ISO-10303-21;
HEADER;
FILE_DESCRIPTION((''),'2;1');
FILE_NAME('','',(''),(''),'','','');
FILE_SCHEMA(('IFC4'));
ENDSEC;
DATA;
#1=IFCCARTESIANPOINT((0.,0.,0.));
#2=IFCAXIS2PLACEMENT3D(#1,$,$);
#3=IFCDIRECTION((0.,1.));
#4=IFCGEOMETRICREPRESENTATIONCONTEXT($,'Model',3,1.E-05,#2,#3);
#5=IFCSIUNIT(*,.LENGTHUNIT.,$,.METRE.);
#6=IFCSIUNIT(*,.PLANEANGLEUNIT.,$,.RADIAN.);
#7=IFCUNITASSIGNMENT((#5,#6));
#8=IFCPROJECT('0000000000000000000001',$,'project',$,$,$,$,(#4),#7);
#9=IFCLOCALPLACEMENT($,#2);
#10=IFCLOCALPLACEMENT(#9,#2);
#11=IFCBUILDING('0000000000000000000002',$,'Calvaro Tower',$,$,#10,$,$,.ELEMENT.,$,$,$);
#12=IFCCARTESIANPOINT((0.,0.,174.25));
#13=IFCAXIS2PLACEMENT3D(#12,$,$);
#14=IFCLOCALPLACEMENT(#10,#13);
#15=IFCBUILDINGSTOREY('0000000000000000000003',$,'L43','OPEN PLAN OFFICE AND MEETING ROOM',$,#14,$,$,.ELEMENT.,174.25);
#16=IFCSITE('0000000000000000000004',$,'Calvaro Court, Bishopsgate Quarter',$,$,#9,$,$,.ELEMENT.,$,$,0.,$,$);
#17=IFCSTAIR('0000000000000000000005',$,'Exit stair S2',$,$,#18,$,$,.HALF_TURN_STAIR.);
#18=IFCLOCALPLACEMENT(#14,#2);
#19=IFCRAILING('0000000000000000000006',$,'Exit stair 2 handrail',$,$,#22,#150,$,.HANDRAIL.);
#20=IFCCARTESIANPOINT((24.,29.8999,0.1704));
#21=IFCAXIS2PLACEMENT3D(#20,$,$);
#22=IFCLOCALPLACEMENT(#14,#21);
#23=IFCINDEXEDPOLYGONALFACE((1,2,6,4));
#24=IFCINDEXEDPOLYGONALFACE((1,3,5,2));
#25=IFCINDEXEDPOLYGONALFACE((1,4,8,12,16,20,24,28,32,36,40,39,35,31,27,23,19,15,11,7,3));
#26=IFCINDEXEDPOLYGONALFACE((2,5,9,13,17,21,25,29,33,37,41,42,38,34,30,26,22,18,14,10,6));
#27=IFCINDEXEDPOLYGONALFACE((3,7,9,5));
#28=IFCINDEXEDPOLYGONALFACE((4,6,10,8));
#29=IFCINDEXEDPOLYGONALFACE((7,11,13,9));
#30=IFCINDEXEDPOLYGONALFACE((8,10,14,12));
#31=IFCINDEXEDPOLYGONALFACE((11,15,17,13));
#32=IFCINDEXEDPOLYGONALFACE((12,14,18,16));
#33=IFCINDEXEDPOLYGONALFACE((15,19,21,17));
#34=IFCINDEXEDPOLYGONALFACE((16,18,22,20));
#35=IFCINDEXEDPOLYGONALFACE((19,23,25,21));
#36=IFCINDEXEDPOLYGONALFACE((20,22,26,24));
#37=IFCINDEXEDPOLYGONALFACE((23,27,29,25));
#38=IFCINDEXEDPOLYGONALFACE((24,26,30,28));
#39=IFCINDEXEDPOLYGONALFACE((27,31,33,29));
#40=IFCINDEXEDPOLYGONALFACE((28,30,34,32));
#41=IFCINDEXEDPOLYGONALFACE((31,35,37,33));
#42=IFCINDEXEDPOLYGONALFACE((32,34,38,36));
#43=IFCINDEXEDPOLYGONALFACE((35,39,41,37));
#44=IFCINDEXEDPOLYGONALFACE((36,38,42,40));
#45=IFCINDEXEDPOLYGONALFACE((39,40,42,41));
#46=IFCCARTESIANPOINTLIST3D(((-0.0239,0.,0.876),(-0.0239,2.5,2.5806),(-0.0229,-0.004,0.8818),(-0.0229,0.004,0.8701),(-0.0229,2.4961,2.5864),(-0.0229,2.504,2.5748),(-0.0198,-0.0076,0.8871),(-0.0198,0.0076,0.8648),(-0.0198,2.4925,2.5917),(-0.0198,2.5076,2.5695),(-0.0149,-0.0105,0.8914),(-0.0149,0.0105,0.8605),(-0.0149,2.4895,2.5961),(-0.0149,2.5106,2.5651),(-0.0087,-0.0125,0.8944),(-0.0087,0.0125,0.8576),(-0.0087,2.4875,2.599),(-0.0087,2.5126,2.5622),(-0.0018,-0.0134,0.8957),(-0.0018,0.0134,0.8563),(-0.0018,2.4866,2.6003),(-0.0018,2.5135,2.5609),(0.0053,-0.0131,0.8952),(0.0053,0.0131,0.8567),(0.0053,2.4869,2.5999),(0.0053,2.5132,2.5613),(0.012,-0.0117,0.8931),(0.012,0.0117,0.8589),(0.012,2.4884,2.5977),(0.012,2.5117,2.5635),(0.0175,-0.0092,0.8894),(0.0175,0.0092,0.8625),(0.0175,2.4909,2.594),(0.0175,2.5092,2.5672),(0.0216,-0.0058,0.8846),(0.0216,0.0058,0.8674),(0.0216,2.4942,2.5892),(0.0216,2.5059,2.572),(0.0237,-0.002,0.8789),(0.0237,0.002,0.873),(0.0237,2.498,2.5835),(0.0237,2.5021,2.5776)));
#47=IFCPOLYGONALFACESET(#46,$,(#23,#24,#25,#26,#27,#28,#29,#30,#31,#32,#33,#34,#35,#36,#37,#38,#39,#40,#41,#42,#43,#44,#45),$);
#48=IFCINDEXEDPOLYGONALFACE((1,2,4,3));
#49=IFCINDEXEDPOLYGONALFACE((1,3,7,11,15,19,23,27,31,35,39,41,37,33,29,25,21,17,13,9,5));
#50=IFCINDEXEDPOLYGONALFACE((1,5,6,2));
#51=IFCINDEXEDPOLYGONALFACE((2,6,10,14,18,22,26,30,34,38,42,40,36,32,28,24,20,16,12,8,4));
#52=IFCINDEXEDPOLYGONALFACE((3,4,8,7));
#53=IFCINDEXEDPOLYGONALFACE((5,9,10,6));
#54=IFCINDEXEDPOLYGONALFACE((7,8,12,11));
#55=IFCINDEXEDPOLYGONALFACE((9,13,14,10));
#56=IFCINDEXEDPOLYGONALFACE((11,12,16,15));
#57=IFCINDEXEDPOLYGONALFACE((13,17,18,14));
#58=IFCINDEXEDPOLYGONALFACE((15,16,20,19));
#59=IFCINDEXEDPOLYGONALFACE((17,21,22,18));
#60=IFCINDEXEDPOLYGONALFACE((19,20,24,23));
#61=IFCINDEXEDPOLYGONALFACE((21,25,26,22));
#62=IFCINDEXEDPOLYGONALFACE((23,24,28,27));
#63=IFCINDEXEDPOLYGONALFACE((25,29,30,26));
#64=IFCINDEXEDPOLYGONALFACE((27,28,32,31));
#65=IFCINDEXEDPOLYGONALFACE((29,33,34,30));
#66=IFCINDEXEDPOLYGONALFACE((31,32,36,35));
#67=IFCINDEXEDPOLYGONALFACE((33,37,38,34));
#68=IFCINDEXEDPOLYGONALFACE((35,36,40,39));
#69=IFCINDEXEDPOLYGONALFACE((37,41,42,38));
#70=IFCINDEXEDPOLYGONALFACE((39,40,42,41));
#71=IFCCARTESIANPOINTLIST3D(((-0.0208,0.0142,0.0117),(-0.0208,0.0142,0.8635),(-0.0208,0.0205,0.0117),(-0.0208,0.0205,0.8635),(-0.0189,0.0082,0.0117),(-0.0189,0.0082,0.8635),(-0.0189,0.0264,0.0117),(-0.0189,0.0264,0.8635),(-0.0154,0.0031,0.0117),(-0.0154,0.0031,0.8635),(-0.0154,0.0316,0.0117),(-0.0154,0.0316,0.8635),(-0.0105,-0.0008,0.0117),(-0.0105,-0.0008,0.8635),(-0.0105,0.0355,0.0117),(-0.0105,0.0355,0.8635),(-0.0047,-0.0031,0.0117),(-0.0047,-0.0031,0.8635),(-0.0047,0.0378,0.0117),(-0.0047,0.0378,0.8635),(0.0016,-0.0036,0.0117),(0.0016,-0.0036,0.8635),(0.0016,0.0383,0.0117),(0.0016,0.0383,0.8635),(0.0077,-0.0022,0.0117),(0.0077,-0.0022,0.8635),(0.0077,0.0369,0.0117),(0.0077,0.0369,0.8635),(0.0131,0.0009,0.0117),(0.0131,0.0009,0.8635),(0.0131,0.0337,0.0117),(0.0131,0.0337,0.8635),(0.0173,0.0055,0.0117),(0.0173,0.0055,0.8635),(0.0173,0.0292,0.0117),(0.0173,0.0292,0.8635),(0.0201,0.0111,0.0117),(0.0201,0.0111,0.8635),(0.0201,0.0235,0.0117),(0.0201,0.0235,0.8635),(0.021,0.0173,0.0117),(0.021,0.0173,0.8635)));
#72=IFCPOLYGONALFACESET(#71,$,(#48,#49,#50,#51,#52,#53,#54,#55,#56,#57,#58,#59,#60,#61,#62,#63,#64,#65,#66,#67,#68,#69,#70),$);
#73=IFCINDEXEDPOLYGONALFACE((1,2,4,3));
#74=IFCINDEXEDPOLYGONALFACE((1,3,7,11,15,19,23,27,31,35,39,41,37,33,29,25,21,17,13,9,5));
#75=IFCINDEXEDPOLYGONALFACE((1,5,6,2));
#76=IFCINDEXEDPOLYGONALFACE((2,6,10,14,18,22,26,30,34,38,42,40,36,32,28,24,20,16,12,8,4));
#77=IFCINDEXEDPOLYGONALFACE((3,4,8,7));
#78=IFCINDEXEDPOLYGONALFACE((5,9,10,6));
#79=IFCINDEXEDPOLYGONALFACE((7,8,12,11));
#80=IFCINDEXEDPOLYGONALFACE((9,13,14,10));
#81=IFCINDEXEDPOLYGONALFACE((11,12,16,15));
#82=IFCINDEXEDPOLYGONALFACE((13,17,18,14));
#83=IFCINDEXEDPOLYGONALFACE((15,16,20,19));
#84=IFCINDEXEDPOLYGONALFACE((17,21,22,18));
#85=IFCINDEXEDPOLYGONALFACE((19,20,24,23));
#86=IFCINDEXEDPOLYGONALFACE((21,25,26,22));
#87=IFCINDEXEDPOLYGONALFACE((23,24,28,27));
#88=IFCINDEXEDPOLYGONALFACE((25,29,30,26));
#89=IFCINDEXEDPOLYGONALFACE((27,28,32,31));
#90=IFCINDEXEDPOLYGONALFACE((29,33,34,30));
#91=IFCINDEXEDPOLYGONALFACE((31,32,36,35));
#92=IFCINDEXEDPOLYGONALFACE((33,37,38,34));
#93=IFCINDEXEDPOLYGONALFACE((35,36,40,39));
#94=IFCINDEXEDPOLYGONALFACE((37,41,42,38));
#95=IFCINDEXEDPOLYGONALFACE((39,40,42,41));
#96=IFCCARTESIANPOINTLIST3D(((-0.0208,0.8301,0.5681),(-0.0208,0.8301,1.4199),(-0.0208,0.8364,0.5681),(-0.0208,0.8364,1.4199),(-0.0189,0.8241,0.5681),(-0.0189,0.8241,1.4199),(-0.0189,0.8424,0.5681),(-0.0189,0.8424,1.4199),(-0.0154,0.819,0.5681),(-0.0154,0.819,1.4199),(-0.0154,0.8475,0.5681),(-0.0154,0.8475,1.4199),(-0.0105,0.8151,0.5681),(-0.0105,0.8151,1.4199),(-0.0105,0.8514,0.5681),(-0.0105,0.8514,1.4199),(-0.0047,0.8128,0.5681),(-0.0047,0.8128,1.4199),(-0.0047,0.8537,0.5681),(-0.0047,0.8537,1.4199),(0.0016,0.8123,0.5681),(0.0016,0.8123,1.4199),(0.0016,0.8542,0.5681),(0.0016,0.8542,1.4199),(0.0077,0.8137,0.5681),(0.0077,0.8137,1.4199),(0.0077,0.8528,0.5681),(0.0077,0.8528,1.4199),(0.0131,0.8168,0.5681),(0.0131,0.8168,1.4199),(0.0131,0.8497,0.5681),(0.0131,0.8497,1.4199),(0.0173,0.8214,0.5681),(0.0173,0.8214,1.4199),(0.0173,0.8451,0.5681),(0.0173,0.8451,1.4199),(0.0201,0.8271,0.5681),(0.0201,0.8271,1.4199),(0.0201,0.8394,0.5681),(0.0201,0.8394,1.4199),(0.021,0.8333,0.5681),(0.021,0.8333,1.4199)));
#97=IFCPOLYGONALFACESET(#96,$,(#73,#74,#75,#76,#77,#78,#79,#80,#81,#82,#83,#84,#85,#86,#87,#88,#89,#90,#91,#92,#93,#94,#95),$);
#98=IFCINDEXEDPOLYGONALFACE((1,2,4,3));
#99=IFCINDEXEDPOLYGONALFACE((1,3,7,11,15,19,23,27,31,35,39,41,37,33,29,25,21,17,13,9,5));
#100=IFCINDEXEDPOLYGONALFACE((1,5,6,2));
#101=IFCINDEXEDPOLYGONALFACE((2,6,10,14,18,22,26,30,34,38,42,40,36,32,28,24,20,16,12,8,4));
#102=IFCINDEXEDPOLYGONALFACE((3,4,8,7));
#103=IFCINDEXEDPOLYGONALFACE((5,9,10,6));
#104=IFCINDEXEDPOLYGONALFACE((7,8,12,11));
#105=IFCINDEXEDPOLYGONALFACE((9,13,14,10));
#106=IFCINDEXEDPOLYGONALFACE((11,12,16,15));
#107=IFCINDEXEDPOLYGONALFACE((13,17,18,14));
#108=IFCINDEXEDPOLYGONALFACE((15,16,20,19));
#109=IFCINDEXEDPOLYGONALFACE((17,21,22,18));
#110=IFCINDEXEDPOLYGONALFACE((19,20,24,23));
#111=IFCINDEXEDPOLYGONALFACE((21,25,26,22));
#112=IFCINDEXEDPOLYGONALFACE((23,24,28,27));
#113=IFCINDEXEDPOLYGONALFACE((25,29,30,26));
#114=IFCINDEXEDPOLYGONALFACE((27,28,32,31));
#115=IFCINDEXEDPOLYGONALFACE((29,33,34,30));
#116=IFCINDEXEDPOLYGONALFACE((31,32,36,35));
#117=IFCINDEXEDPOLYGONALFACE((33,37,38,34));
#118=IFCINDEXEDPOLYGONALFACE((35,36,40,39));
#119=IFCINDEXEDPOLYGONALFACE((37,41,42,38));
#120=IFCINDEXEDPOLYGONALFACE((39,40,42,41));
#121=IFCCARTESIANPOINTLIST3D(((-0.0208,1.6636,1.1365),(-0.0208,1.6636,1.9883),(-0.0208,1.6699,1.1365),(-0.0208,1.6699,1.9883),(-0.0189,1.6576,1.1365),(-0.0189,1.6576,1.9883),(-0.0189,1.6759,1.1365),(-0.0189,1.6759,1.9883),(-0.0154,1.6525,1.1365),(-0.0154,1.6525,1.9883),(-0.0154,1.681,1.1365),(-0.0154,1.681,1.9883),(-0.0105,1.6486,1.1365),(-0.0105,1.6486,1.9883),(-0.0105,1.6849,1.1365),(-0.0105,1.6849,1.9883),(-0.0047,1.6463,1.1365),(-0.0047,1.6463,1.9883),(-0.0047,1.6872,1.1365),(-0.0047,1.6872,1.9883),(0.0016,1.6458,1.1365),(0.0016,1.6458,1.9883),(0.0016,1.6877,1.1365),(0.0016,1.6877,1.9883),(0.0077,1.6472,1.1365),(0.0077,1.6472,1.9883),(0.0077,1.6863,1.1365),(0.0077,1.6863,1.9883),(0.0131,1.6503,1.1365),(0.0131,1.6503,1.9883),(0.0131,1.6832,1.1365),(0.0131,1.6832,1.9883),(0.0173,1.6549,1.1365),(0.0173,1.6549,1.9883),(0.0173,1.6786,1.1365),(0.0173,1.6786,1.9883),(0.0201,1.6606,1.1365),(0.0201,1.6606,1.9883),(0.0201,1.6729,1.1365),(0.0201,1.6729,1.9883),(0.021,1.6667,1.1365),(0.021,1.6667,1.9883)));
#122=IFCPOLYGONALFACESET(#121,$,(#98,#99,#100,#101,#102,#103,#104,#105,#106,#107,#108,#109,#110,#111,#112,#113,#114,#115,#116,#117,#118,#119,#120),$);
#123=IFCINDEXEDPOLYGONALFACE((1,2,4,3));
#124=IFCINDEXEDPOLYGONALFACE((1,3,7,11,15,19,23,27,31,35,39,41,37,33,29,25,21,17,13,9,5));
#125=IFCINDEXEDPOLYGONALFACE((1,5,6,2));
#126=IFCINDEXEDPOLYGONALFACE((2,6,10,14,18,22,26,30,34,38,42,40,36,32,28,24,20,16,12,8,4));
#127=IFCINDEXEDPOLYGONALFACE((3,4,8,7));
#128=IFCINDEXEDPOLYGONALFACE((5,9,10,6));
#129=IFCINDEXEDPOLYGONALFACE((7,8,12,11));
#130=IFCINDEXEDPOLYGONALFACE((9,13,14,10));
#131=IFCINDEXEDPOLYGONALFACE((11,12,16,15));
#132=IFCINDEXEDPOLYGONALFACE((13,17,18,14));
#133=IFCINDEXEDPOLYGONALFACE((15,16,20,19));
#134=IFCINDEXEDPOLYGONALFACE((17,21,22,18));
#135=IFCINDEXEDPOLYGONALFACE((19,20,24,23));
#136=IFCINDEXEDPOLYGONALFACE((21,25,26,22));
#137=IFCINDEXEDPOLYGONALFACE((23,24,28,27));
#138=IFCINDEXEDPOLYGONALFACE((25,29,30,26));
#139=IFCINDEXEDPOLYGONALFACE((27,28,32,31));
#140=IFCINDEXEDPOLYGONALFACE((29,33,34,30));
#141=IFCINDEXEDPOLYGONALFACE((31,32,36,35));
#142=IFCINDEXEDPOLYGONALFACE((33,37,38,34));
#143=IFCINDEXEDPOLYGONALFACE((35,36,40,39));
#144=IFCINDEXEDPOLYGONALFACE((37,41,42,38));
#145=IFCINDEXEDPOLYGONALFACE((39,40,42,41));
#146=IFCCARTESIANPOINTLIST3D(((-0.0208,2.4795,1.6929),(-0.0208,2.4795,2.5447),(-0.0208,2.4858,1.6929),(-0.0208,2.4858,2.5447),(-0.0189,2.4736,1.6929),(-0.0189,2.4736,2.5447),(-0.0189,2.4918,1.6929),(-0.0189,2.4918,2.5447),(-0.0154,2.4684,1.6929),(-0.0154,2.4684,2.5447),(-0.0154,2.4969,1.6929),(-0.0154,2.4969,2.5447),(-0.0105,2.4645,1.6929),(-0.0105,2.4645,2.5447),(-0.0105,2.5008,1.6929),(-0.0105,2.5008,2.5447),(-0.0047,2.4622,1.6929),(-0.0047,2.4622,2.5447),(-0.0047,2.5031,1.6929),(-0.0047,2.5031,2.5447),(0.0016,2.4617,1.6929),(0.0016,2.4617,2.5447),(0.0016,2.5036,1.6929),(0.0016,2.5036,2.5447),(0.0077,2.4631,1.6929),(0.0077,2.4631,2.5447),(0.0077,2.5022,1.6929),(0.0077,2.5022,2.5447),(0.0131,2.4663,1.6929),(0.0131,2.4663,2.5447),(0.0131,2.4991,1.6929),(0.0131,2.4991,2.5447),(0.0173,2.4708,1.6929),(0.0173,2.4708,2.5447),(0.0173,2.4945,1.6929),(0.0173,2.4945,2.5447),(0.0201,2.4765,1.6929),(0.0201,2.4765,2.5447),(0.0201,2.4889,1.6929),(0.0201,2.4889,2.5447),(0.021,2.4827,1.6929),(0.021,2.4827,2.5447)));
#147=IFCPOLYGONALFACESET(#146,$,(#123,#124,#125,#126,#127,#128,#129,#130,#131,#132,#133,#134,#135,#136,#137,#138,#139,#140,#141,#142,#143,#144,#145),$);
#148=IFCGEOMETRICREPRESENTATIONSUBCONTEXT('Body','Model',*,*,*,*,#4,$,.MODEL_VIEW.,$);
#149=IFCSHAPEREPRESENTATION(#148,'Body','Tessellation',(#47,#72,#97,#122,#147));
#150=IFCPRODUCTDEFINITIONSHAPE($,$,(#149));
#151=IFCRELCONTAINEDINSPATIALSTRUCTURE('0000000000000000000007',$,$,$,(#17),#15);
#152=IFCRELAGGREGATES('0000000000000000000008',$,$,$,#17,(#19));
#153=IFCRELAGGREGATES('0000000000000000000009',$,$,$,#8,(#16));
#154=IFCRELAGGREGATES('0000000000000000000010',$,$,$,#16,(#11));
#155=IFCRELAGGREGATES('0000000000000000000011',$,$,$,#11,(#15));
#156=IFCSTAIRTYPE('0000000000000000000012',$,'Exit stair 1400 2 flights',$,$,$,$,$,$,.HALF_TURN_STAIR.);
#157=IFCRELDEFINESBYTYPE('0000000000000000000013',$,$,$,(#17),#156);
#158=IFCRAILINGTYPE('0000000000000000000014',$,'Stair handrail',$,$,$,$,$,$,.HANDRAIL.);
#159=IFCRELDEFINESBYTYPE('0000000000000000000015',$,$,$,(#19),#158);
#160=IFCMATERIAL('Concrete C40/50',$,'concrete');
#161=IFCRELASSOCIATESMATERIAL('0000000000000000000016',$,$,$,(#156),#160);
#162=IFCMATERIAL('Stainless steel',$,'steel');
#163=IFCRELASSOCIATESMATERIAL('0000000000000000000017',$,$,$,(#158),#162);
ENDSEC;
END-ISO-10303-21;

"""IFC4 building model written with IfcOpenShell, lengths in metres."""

from ifc_helpers import new_model, si_unit, direction, frame, origin, origin_2d, place, context, subcontext, project, spatial, circle, extrude, material, type_object, element, aggregate, save


model = new_model("IFC4")

# Units and contexts
model_context = context("Model", 3, precision=1e-05, world=origin(), true_north=direction((0.0, 1.0)))
body_context = subcontext(model_context, "Body", "Model", "MODEL_VIEW")
ifc_project = project(units=[si_unit("LENGTHUNIT", "METRE"), si_unit("PLANEANGLEUNIT", "RADIAN")], contexts=[model_context])

# Site, building, storey
site_placement = place(None, origin())
site = spatial("IfcSite", under=ifc_project, at=site_placement, Name="Calvaro Court, Bishopsgate Quarter", CompositionType="ELEMENT", RefElevation=0.0)
building_placement = place(site_placement, origin())
building = spatial("IfcBuilding", under=site, at=building_placement, Name="Calvaro Tower", CompositionType="ELEMENT")
storey_placement = place(building_placement, frame((0.0, 0.0, 174.25)))
storey = spatial("IfcBuildingStorey", under=building, at=storey_placement, Name="L43", Description="OPEN PLAN OFFICE AND MEETING ROOM", CompositionType="ELEMENT", Elevation=174.25)

# Stair, railing
ifc_material_1 = material(Name="Concrete C40/50", Category="concrete")
stair_type = type_object("IfcStairType", Name="Exit stair 1400 2 flights", PredefinedType="HALF_TURN_STAIR", material=ifc_material_1)
stair_placement = place(storey_placement, origin())
stair = element("IfcStair", 1, at=stair_placement, inside=storey, type_object=stair_type, Name="Exit stair S2", PredefinedType="HALF_TURN_STAIR")
ifc_material_2 = material(Name="Stainless steel", Category="steel")
railing_type = type_object("IfcRailingType", Name="Stair handrail", PredefinedType="HANDRAIL", material=ifc_material_2)
railing_placement = place(storey_placement, frame((24.0, 29.8999, 0.1704)))
railing = element("IfcRailing", 2, at=railing_placement, type_object=railing_type, Name="Exit stair 2 handrail", PredefinedType="HANDRAIL", context=body_context, shape_type="SweptSolid", body=[
    extrude(circle(Radius=0.0239, at=origin_2d()), frame((0.0, 0.0, 0.876), z_axis=(0.0, 0.826221, 0.563347), x_axis=(-1.0, 0.0, 0.0)), (0.0, 0.0, 1.0), 3.0259),
    extrude(circle(Radius=0.021, at=origin_2d()), frame((0.0, 0.0173, 0.0117)), (0.0, 0.0, 1.0), 0.8518),
    extrude(circle(Radius=0.021, at=origin_2d()), frame((0.0, 0.8333, 0.5681)), (0.0, 0.0, 1.0), 0.8518),
    extrude(circle(Radius=0.021, at=origin_2d()), frame((0.0, 1.6667, 1.1365)), (0.0, 0.0, 1.0), 0.8518),
    extrude(circle(Radius=0.021, at=origin_2d()), frame((0.0, 2.4827, 1.6929)), (0.0, 0.0, 1.0), 0.8518),
])
aggregate(stair, [railing])

save(model, "model.ifc")
